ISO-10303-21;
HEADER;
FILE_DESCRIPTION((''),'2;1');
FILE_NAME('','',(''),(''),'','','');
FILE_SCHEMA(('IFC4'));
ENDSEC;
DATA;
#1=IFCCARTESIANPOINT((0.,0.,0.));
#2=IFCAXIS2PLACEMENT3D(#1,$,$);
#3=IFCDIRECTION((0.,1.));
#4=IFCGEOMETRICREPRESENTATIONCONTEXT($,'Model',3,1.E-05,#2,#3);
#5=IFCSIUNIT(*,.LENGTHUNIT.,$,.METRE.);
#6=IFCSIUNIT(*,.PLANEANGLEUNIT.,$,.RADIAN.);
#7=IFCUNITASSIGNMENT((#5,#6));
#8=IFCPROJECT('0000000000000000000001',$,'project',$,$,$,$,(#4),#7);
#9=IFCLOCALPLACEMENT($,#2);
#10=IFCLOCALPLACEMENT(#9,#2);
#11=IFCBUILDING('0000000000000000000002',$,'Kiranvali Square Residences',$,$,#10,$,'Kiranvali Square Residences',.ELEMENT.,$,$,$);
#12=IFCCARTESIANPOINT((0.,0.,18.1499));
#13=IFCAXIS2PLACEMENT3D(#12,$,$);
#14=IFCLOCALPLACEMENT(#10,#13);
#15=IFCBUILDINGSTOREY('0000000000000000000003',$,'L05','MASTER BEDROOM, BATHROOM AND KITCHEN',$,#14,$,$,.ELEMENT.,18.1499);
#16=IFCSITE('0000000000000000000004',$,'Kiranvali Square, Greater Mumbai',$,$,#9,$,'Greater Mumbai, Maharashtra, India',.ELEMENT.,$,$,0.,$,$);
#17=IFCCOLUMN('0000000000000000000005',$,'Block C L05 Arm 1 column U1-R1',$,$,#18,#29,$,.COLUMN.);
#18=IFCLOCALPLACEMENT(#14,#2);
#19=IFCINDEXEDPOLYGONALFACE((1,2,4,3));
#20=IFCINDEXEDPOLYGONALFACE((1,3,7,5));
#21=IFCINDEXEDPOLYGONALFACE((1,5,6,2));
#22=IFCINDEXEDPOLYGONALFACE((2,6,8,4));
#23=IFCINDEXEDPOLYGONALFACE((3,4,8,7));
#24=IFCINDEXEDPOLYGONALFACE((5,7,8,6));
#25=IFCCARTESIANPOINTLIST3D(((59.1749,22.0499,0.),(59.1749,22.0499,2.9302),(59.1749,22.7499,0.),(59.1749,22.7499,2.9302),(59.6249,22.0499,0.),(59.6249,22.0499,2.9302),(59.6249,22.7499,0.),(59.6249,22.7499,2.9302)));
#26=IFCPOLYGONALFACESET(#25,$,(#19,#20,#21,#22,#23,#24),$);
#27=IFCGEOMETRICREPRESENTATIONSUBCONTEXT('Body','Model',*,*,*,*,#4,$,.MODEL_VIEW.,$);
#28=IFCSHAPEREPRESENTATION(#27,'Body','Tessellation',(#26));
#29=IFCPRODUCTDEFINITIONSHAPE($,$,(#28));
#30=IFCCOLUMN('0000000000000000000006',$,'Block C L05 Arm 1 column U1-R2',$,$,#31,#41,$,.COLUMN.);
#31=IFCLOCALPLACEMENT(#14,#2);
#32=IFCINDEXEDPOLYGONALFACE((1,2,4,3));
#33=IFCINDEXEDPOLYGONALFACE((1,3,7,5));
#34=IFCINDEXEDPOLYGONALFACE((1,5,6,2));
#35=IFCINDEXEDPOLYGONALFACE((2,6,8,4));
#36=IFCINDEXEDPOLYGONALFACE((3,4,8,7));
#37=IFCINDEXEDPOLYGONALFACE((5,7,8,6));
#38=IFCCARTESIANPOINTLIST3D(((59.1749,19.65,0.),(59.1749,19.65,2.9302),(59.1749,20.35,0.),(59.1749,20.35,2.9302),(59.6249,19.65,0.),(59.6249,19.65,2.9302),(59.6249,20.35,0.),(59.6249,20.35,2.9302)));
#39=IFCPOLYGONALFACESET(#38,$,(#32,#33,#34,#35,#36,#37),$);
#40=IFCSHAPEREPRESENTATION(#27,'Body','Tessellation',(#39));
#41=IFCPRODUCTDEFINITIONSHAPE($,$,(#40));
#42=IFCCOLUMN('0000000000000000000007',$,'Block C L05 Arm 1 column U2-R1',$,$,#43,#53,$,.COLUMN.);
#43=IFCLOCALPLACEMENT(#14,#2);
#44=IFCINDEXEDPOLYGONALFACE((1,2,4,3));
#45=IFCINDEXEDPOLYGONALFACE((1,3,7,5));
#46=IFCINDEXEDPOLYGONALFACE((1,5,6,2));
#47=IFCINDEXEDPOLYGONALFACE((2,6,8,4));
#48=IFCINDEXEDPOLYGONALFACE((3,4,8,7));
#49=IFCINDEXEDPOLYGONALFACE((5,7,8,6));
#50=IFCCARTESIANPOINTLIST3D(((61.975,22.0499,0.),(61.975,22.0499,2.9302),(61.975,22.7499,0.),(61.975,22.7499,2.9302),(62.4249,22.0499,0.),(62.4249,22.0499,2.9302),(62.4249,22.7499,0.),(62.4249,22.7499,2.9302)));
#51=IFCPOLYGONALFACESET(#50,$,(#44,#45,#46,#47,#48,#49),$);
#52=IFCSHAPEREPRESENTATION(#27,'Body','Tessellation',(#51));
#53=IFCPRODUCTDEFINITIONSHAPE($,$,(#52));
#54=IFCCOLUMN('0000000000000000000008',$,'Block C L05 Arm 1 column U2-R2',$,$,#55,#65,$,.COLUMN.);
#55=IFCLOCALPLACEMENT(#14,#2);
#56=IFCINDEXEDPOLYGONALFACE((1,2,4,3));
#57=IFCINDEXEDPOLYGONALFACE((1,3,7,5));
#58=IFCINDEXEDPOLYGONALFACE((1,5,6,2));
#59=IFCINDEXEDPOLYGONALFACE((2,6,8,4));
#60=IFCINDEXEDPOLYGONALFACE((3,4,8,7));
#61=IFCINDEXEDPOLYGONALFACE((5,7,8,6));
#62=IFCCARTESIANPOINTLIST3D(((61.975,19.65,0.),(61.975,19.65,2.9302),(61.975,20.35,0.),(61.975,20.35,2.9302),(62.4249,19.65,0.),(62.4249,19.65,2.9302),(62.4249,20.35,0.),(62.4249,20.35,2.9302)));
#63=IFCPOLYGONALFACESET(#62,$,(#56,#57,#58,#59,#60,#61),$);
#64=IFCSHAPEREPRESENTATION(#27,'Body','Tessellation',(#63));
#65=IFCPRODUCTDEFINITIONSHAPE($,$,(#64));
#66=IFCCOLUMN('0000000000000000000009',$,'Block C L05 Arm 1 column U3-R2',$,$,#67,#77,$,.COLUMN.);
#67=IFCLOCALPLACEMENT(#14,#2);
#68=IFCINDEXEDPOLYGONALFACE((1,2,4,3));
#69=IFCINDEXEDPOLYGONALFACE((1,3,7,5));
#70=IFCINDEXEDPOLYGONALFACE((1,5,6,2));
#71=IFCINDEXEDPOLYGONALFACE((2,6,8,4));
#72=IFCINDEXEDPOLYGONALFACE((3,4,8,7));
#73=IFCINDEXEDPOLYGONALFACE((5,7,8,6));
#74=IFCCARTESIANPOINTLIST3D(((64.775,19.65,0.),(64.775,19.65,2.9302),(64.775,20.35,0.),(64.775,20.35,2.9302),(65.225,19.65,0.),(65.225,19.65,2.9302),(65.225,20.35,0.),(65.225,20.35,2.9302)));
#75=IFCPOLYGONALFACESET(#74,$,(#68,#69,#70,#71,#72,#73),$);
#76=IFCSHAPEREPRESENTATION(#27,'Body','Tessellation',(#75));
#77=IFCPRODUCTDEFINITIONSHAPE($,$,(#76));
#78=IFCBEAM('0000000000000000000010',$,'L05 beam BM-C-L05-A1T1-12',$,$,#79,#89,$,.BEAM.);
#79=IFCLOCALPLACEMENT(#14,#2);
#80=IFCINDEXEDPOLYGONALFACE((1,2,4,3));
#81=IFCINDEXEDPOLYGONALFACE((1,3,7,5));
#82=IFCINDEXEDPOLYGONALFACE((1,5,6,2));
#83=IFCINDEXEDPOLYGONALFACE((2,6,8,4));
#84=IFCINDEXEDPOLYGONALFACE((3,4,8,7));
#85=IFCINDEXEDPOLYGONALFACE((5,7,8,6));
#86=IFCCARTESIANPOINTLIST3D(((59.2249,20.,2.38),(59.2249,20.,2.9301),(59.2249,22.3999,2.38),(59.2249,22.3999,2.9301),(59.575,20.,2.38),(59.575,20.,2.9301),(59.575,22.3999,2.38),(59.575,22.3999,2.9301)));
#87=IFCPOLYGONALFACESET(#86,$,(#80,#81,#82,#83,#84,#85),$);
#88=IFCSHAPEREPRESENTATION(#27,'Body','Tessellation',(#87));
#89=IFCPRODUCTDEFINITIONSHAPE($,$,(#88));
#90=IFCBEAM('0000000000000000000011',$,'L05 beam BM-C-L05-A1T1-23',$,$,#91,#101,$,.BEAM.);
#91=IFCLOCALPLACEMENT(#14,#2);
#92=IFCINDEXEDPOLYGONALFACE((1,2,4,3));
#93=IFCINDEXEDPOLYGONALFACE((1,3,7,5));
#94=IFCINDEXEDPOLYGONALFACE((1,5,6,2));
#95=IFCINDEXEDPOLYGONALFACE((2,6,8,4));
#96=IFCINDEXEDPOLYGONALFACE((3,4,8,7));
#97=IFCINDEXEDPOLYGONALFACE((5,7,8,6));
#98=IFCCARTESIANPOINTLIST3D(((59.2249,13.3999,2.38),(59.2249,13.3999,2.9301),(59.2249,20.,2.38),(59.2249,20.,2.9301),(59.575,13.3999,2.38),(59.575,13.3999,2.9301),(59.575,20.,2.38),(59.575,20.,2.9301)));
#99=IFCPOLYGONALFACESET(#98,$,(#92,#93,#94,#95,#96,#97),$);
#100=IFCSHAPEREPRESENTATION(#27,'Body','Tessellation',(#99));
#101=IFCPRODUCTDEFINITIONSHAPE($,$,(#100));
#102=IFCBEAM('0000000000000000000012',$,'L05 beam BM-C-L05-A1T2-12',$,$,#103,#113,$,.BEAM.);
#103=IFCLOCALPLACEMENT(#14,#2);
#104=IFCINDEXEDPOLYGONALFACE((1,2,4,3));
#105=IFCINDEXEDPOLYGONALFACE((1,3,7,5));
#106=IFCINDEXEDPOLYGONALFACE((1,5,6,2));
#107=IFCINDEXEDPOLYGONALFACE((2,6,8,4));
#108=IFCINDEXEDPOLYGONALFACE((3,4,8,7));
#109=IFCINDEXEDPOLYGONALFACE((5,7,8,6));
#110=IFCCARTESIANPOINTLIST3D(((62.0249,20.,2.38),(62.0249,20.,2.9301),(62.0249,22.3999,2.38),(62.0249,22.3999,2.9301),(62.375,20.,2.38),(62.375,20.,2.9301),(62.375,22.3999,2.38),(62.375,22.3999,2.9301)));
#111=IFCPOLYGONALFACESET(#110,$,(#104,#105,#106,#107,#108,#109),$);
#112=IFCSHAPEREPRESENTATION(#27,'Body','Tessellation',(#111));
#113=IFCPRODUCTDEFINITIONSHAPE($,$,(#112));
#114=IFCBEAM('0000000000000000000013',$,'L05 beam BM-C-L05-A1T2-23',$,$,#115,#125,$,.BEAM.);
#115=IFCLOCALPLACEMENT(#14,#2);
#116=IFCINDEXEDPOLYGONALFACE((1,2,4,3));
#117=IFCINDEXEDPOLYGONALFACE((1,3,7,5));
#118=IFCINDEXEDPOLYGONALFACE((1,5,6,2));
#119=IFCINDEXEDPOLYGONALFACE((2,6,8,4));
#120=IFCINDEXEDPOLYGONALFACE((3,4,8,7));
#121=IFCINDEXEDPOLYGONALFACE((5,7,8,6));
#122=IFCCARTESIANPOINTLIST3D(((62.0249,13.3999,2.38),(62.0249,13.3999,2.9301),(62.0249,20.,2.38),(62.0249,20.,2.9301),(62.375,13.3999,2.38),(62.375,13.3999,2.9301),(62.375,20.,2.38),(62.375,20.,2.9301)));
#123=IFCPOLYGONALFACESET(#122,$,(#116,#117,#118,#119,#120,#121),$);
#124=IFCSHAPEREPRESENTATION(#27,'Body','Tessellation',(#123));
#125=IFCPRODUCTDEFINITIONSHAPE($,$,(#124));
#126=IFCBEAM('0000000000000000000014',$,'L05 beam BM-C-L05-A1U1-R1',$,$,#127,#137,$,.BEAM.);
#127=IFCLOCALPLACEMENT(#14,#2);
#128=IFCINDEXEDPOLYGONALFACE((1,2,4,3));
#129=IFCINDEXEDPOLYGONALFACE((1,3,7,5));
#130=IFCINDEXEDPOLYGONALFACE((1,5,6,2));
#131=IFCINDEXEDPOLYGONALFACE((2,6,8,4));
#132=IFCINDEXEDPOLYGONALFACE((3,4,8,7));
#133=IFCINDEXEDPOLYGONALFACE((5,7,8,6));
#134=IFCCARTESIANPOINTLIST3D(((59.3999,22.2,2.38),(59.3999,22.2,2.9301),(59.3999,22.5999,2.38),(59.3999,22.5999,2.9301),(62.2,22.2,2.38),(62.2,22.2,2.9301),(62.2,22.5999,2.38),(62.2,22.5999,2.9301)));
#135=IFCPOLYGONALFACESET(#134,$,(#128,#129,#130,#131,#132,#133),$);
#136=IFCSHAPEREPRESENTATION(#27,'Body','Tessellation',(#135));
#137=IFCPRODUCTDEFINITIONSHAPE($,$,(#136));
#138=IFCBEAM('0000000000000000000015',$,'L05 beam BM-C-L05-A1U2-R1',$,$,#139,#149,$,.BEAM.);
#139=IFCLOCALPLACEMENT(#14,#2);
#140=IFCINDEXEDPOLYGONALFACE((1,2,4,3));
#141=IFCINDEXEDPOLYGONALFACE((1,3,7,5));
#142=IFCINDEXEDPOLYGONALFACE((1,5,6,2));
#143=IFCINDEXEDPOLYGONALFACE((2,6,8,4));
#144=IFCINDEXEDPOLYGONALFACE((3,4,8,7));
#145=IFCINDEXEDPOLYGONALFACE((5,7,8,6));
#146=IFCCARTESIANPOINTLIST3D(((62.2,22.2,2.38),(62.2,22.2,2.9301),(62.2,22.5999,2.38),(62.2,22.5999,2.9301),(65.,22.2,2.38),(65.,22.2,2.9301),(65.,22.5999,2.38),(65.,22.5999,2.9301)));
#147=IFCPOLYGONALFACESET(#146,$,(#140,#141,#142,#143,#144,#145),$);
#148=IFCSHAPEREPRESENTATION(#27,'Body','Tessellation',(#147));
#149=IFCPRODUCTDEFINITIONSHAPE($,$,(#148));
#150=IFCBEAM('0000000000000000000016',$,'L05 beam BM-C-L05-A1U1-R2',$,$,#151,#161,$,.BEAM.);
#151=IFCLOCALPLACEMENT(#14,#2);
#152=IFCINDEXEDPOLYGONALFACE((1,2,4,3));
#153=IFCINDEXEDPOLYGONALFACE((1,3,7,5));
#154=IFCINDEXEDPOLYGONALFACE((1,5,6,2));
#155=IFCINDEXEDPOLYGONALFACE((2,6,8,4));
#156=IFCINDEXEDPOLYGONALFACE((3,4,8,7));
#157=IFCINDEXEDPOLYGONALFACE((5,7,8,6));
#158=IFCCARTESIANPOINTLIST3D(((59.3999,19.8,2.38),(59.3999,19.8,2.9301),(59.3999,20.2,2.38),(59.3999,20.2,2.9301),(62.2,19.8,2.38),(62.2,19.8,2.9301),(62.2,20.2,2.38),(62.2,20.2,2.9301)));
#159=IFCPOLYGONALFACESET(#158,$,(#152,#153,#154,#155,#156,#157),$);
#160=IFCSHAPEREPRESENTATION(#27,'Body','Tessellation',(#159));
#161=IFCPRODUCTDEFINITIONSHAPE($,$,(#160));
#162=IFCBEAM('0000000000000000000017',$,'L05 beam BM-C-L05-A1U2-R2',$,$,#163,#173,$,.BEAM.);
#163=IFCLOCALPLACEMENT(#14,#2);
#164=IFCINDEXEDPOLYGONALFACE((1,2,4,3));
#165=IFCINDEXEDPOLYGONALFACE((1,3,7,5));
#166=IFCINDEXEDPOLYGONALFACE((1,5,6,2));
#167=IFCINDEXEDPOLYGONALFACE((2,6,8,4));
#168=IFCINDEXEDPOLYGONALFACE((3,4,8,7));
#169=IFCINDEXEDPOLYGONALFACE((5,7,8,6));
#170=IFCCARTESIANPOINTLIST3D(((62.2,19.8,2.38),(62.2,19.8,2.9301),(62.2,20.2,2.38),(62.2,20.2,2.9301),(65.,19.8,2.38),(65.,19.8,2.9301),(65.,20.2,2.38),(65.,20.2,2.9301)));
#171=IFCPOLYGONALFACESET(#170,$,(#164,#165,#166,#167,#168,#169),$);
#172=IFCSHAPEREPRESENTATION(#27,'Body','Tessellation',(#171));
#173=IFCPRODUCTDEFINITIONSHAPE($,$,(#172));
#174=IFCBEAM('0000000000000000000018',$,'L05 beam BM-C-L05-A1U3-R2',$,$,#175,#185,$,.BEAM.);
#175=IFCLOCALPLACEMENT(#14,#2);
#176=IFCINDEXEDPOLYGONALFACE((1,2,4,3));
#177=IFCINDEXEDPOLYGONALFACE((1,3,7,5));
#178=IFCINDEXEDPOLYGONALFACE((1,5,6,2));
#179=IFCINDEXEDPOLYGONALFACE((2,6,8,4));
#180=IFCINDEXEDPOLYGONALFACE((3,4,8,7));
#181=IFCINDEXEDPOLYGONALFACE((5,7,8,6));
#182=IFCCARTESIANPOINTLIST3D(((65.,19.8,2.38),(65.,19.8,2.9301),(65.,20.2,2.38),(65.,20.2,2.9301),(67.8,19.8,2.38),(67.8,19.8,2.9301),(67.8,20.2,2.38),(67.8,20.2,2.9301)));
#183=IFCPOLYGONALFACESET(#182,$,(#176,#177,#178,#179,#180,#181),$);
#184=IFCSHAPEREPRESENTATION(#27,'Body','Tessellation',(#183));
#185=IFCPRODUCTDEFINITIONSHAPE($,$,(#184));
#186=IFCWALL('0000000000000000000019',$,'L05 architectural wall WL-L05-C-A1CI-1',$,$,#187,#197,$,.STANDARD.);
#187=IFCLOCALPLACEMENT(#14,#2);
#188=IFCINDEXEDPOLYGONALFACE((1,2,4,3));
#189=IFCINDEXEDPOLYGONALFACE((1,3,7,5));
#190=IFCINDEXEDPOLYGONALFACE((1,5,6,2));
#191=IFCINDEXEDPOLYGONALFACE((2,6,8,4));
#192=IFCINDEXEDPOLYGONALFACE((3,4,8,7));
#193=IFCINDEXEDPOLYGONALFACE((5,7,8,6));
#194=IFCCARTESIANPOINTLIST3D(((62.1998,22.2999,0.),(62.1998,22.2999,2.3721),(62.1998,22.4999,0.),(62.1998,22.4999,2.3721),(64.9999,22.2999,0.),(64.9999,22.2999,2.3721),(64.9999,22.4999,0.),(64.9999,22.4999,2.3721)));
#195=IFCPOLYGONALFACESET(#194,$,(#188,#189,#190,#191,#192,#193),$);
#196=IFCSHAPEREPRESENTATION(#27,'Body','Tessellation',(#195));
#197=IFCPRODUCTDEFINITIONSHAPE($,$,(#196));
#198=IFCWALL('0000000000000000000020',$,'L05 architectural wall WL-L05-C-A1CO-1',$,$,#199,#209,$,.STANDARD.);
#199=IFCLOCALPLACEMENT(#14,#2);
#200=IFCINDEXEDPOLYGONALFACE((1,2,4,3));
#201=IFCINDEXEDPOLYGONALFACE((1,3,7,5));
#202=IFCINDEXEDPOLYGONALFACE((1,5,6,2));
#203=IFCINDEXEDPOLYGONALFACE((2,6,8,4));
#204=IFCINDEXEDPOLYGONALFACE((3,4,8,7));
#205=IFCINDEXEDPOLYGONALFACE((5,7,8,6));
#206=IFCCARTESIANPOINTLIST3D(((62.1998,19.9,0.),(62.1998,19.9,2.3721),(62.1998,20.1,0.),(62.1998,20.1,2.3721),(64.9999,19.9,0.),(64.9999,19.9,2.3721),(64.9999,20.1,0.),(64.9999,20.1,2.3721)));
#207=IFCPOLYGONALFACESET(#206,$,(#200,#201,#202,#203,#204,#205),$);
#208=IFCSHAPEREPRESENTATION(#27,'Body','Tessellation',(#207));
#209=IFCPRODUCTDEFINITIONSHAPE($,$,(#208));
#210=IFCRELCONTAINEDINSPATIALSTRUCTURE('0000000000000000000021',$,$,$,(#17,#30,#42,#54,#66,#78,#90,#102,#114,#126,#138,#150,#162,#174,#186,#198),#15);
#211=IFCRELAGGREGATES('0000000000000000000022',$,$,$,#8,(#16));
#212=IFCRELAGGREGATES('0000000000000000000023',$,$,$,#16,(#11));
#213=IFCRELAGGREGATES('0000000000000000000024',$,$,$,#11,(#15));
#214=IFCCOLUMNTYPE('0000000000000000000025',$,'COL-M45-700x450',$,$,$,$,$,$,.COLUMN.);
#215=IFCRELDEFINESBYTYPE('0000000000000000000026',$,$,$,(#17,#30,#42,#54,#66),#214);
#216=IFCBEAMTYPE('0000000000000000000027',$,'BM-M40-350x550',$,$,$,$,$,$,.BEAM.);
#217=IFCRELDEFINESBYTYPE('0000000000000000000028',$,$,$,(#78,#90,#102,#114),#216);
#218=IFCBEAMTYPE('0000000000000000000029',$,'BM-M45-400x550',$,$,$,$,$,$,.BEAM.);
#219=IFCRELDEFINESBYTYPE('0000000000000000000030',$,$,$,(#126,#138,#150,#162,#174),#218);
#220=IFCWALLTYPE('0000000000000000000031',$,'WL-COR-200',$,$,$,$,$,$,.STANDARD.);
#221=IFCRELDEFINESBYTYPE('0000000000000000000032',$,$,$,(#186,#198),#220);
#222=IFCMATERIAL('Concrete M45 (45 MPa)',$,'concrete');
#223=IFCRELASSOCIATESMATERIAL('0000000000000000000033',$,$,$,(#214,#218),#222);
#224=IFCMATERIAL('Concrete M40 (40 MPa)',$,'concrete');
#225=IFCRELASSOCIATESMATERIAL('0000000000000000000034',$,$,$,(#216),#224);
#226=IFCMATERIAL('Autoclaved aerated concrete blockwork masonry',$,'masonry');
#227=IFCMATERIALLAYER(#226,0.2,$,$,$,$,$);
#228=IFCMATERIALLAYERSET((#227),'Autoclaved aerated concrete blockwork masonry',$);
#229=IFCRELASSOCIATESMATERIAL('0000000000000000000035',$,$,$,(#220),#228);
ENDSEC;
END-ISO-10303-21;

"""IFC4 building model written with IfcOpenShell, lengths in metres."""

from ifc_helpers import new_model, si_unit, direction, frame, frame_2d, origin, origin_2d, place, context, subcontext, project, spatial, rectangle, extrude, material, layer, layer_set, material_profile, profile_set, type_object, element, save


model = new_model("IFC4")

# Units and contexts
model_context = context("Model", 3, precision=1e-05, world=origin(), true_north=direction((0.0, 1.0)))
body_context = subcontext(model_context, "Body", "Model", "MODEL_VIEW")
ifc_project = project(units=[si_unit("LENGTHUNIT", "METRE"), si_unit("PLANEANGLEUNIT", "RADIAN")], contexts=[model_context])

# Site, building, storey
site_placement = place(None, origin())
site = spatial("IfcSite", under=ifc_project, at=site_placement, Name="Kiranvali Square, Greater Mumbai", LongName="Greater Mumbai, Maharashtra, India", CompositionType="ELEMENT", RefElevation=0.0)
building_placement = place(site_placement, origin())
building = spatial("IfcBuilding", under=site, at=building_placement, Name="Kiranvali Square Residences", LongName="Kiranvali Square Residences", CompositionType="ELEMENT")
storey_placement = place(building_placement, frame((0.0, 0.0, 18.1499)))
storey = spatial("IfcBuildingStorey", under=building, at=storey_placement, Name="L05", Description="MASTER BEDROOM, BATHROOM AND KITCHEN", CompositionType="ELEMENT", Elevation=18.1499)

# Columns
ifc_material_1 = material(Name="Concrete M45 (45 MPa)", Category="concrete")
ifc_material_profile_1 = material_profile(ifc_material_1, rectangle(XDim=0.45, YDim=0.7, at=origin_2d()), Name="RC 700x450")
ifc_profile_set_1 = profile_set([ifc_material_profile_1], Name="Concrete M45 (45 MPa)")
column_type = type_object("IfcColumnType", Name="COL-M45-700x450", PredefinedType="COLUMN", material=ifc_profile_set_1)
for number, where, z_axis, x_axis, name in (
    (1, (59.3999, 22.3999, 0.0), (0.0, 0.0, 1.0), (1.0, 0.0, 0.0), "Block C L05 Arm 1 column U1-R1"),
    (2, (59.3999, 20.0, 0.0), (0.0, 0.0, 1.0), (1.0, 0.0, 0.0), "Block C L05 Arm 1 column U1-R2"),
    (3, (62.2, 22.3999, 0.0), (0.0, 0.0, 1.0), (1.0, 0.0, 0.0), "Block C L05 Arm 1 column U2-R1"),
    (4, (62.2, 20.0, 0.0), (0.0, 0.0, 1.0), (1.0, 0.0, 0.0), "Block C L05 Arm 1 column U2-R2"),
    (5, (65.0, 20.0, 0.0), (0.0, 0.0, 1.0), (1.0, 0.0, 0.0), "Block C L05 Arm 1 column U3-R2"),
):
    element("IfcColumn", number, at=place(storey_placement, frame(where, z_axis=z_axis, x_axis=x_axis)), inside=storey, type_object=column_type, Name=name, PredefinedType="COLUMN", context=body_context, shape_type="SweptSolid", body=[
        extrude(rectangle(XDim=0.45, YDim=0.7, at=origin_2d()), origin(), (0.0, 0.0, 1.0), 2.9302),
    ])

# Beams
ifc_material_2 = material(Name="Concrete M40 (40 MPa)", Category="concrete")
ifc_material_profile_2 = material_profile(ifc_material_2, rectangle(XDim=0.3501, YDim=0.55, at=origin_2d()), Name="RC 350x550")
ifc_profile_set_2 = profile_set([ifc_material_profile_2], Name="Concrete M40 (40 MPa)")
beam_type_1 = type_object("IfcBeamType", Name="BM-M40-350x550", PredefinedType="BEAM", material=ifc_profile_set_2)
beam_1_placement = place(storey_placement, frame((59.3999, 22.3999, 2.655), z_axis=(0.0, -1.0, 0.0), x_axis=(1.0, 0.0, 0.0)))
element("IfcBeam", 6, at=beam_1_placement, inside=storey, type_object=beam_type_1, Name="L05 beam BM-C-L05-A1T1-12", PredefinedType="BEAM", context=body_context, shape_type="SweptSolid", body=[
    extrude(rectangle(XDim=0.3501, YDim=0.55, at=origin_2d()), origin(), (0.0, 0.0, 1.0), 2.3999),
])
beam_2_placement = place(storey_placement, frame((59.3999, 20.0, 2.655), z_axis=(0.0, -1.0, 0.0), x_axis=(1.0, 0.0, 0.0)))
element("IfcBeam", 7, at=beam_2_placement, inside=storey, type_object=beam_type_1, Name="L05 beam BM-C-L05-A1T1-23", PredefinedType="BEAM", context=body_context, shape_type="SweptSolid", body=[
    extrude(rectangle(XDim=0.3501, YDim=0.55, at=origin_2d()), origin(), (0.0, 0.0, 1.0), 6.6001),
])
beam_3_placement = place(storey_placement, frame((62.2, 22.3999, 2.655), z_axis=(0.0, -1.0, 0.0), x_axis=(1.0, 0.0, 0.0)))
element("IfcBeam", 8, at=beam_3_placement, inside=storey, type_object=beam_type_1, Name="L05 beam BM-C-L05-A1T2-12", PredefinedType="BEAM", context=body_context, shape_type="SweptSolid", body=[
    extrude(rectangle(XDim=0.3501, YDim=0.55, at=origin_2d()), origin(), (0.0, 0.0, 1.0), 2.3999),
])
beam_4_placement = place(storey_placement, frame((62.2, 20.0, 2.655), z_axis=(0.0, -1.0, 0.0), x_axis=(1.0, 0.0, 0.0)))
element("IfcBeam", 9, at=beam_4_placement, inside=storey, type_object=beam_type_1, Name="L05 beam BM-C-L05-A1T2-23", PredefinedType="BEAM", context=body_context, shape_type="SweptSolid", body=[
    extrude(rectangle(XDim=0.3501, YDim=0.55, at=origin_2d()), origin(), (0.0, 0.0, 1.0), 6.6001),
])
ifc_material_profile_3 = material_profile(ifc_material_1, rectangle(XDim=0.3999, YDim=0.55, at=origin_2d()), Name="RC 400x550")
ifc_profile_set_3 = profile_set([ifc_material_profile_3], Name="Concrete M45 (45 MPa)")
beam_type_2 = type_object("IfcBeamType", Name="BM-M45-400x550", PredefinedType="BEAM", material=ifc_profile_set_3)
for number, where, z_axis, x_axis, name in (
    (10, (59.3999, 22.3999, 2.655), (1.0, 0.0, 0.0), (0.0, 1.0, 0.0), "L05 beam BM-C-L05-A1U1-R1"),
    (11, (62.2, 22.3999, 2.655), (1.0, 0.0, 0.0), (0.0, 1.0, 0.0), "L05 beam BM-C-L05-A1U2-R1"),
    (12, (59.3999, 20.0, 2.655), (1.0, 0.0, 0.0), (0.0, 1.0, 0.0), "L05 beam BM-C-L05-A1U1-R2"),
    (13, (62.2, 20.0, 2.655), (1.0, 0.0, 0.0), (0.0, 1.0, 0.0), "L05 beam BM-C-L05-A1U2-R2"),
    (14, (65.0, 20.0, 2.655), (1.0, 0.0, 0.0), (0.0, 1.0, 0.0), "L05 beam BM-C-L05-A1U3-R2"),
):
    element("IfcBeam", number, at=place(storey_placement, frame(where, z_axis=z_axis, x_axis=x_axis)), inside=storey, type_object=beam_type_2, Name=name, PredefinedType="BEAM", context=body_context, shape_type="SweptSolid", body=[
        extrude(rectangle(XDim=0.3999, YDim=0.55, at=origin_2d()), origin(), (0.0, 0.0, 1.0), 2.8),
    ])

# Shared definitions
ifc_material_3 = material(Name="Autoclaved aerated concrete blockwork masonry", Category="masonry")
ifc_layer = layer(ifc_material_3, 0.2)
ifc_layer_set = layer_set([ifc_layer], Name="Autoclaved aerated concrete blockwork masonry")
wall_type = type_object("IfcWallType", Name="WL-COR-200", PredefinedType="STANDARD", material=ifc_layer_set)

# Walls
for number, where, z_axis, x_axis, name in (
    (15, (62.2, 22.3999, 0.0), (0.0, 0.0, 1.0), (1.0, 0.0, 0.0), "L05 architectural wall WL-L05-C-A1CI-1"),
    (16, (62.2, 20.0, 0.0), (0.0, 0.0, 1.0), (1.0, 0.0, 0.0), "L05 architectural wall WL-L05-C-A1CO-1"),
):
    element("IfcWall", number, at=place(storey_placement, frame(where, z_axis=z_axis, x_axis=x_axis)), inside=storey, type_object=wall_type, Name=name, PredefinedType="STANDARD", context=body_context, shape_type="SweptSolid", body=[
        extrude(rectangle(XDim=2.8, YDim=0.2, at=frame_2d((1.3999, 0.0))), origin(), (0.0, 0.0, 1.0), 2.3721),
    ])

save(model, "model.ifc")
